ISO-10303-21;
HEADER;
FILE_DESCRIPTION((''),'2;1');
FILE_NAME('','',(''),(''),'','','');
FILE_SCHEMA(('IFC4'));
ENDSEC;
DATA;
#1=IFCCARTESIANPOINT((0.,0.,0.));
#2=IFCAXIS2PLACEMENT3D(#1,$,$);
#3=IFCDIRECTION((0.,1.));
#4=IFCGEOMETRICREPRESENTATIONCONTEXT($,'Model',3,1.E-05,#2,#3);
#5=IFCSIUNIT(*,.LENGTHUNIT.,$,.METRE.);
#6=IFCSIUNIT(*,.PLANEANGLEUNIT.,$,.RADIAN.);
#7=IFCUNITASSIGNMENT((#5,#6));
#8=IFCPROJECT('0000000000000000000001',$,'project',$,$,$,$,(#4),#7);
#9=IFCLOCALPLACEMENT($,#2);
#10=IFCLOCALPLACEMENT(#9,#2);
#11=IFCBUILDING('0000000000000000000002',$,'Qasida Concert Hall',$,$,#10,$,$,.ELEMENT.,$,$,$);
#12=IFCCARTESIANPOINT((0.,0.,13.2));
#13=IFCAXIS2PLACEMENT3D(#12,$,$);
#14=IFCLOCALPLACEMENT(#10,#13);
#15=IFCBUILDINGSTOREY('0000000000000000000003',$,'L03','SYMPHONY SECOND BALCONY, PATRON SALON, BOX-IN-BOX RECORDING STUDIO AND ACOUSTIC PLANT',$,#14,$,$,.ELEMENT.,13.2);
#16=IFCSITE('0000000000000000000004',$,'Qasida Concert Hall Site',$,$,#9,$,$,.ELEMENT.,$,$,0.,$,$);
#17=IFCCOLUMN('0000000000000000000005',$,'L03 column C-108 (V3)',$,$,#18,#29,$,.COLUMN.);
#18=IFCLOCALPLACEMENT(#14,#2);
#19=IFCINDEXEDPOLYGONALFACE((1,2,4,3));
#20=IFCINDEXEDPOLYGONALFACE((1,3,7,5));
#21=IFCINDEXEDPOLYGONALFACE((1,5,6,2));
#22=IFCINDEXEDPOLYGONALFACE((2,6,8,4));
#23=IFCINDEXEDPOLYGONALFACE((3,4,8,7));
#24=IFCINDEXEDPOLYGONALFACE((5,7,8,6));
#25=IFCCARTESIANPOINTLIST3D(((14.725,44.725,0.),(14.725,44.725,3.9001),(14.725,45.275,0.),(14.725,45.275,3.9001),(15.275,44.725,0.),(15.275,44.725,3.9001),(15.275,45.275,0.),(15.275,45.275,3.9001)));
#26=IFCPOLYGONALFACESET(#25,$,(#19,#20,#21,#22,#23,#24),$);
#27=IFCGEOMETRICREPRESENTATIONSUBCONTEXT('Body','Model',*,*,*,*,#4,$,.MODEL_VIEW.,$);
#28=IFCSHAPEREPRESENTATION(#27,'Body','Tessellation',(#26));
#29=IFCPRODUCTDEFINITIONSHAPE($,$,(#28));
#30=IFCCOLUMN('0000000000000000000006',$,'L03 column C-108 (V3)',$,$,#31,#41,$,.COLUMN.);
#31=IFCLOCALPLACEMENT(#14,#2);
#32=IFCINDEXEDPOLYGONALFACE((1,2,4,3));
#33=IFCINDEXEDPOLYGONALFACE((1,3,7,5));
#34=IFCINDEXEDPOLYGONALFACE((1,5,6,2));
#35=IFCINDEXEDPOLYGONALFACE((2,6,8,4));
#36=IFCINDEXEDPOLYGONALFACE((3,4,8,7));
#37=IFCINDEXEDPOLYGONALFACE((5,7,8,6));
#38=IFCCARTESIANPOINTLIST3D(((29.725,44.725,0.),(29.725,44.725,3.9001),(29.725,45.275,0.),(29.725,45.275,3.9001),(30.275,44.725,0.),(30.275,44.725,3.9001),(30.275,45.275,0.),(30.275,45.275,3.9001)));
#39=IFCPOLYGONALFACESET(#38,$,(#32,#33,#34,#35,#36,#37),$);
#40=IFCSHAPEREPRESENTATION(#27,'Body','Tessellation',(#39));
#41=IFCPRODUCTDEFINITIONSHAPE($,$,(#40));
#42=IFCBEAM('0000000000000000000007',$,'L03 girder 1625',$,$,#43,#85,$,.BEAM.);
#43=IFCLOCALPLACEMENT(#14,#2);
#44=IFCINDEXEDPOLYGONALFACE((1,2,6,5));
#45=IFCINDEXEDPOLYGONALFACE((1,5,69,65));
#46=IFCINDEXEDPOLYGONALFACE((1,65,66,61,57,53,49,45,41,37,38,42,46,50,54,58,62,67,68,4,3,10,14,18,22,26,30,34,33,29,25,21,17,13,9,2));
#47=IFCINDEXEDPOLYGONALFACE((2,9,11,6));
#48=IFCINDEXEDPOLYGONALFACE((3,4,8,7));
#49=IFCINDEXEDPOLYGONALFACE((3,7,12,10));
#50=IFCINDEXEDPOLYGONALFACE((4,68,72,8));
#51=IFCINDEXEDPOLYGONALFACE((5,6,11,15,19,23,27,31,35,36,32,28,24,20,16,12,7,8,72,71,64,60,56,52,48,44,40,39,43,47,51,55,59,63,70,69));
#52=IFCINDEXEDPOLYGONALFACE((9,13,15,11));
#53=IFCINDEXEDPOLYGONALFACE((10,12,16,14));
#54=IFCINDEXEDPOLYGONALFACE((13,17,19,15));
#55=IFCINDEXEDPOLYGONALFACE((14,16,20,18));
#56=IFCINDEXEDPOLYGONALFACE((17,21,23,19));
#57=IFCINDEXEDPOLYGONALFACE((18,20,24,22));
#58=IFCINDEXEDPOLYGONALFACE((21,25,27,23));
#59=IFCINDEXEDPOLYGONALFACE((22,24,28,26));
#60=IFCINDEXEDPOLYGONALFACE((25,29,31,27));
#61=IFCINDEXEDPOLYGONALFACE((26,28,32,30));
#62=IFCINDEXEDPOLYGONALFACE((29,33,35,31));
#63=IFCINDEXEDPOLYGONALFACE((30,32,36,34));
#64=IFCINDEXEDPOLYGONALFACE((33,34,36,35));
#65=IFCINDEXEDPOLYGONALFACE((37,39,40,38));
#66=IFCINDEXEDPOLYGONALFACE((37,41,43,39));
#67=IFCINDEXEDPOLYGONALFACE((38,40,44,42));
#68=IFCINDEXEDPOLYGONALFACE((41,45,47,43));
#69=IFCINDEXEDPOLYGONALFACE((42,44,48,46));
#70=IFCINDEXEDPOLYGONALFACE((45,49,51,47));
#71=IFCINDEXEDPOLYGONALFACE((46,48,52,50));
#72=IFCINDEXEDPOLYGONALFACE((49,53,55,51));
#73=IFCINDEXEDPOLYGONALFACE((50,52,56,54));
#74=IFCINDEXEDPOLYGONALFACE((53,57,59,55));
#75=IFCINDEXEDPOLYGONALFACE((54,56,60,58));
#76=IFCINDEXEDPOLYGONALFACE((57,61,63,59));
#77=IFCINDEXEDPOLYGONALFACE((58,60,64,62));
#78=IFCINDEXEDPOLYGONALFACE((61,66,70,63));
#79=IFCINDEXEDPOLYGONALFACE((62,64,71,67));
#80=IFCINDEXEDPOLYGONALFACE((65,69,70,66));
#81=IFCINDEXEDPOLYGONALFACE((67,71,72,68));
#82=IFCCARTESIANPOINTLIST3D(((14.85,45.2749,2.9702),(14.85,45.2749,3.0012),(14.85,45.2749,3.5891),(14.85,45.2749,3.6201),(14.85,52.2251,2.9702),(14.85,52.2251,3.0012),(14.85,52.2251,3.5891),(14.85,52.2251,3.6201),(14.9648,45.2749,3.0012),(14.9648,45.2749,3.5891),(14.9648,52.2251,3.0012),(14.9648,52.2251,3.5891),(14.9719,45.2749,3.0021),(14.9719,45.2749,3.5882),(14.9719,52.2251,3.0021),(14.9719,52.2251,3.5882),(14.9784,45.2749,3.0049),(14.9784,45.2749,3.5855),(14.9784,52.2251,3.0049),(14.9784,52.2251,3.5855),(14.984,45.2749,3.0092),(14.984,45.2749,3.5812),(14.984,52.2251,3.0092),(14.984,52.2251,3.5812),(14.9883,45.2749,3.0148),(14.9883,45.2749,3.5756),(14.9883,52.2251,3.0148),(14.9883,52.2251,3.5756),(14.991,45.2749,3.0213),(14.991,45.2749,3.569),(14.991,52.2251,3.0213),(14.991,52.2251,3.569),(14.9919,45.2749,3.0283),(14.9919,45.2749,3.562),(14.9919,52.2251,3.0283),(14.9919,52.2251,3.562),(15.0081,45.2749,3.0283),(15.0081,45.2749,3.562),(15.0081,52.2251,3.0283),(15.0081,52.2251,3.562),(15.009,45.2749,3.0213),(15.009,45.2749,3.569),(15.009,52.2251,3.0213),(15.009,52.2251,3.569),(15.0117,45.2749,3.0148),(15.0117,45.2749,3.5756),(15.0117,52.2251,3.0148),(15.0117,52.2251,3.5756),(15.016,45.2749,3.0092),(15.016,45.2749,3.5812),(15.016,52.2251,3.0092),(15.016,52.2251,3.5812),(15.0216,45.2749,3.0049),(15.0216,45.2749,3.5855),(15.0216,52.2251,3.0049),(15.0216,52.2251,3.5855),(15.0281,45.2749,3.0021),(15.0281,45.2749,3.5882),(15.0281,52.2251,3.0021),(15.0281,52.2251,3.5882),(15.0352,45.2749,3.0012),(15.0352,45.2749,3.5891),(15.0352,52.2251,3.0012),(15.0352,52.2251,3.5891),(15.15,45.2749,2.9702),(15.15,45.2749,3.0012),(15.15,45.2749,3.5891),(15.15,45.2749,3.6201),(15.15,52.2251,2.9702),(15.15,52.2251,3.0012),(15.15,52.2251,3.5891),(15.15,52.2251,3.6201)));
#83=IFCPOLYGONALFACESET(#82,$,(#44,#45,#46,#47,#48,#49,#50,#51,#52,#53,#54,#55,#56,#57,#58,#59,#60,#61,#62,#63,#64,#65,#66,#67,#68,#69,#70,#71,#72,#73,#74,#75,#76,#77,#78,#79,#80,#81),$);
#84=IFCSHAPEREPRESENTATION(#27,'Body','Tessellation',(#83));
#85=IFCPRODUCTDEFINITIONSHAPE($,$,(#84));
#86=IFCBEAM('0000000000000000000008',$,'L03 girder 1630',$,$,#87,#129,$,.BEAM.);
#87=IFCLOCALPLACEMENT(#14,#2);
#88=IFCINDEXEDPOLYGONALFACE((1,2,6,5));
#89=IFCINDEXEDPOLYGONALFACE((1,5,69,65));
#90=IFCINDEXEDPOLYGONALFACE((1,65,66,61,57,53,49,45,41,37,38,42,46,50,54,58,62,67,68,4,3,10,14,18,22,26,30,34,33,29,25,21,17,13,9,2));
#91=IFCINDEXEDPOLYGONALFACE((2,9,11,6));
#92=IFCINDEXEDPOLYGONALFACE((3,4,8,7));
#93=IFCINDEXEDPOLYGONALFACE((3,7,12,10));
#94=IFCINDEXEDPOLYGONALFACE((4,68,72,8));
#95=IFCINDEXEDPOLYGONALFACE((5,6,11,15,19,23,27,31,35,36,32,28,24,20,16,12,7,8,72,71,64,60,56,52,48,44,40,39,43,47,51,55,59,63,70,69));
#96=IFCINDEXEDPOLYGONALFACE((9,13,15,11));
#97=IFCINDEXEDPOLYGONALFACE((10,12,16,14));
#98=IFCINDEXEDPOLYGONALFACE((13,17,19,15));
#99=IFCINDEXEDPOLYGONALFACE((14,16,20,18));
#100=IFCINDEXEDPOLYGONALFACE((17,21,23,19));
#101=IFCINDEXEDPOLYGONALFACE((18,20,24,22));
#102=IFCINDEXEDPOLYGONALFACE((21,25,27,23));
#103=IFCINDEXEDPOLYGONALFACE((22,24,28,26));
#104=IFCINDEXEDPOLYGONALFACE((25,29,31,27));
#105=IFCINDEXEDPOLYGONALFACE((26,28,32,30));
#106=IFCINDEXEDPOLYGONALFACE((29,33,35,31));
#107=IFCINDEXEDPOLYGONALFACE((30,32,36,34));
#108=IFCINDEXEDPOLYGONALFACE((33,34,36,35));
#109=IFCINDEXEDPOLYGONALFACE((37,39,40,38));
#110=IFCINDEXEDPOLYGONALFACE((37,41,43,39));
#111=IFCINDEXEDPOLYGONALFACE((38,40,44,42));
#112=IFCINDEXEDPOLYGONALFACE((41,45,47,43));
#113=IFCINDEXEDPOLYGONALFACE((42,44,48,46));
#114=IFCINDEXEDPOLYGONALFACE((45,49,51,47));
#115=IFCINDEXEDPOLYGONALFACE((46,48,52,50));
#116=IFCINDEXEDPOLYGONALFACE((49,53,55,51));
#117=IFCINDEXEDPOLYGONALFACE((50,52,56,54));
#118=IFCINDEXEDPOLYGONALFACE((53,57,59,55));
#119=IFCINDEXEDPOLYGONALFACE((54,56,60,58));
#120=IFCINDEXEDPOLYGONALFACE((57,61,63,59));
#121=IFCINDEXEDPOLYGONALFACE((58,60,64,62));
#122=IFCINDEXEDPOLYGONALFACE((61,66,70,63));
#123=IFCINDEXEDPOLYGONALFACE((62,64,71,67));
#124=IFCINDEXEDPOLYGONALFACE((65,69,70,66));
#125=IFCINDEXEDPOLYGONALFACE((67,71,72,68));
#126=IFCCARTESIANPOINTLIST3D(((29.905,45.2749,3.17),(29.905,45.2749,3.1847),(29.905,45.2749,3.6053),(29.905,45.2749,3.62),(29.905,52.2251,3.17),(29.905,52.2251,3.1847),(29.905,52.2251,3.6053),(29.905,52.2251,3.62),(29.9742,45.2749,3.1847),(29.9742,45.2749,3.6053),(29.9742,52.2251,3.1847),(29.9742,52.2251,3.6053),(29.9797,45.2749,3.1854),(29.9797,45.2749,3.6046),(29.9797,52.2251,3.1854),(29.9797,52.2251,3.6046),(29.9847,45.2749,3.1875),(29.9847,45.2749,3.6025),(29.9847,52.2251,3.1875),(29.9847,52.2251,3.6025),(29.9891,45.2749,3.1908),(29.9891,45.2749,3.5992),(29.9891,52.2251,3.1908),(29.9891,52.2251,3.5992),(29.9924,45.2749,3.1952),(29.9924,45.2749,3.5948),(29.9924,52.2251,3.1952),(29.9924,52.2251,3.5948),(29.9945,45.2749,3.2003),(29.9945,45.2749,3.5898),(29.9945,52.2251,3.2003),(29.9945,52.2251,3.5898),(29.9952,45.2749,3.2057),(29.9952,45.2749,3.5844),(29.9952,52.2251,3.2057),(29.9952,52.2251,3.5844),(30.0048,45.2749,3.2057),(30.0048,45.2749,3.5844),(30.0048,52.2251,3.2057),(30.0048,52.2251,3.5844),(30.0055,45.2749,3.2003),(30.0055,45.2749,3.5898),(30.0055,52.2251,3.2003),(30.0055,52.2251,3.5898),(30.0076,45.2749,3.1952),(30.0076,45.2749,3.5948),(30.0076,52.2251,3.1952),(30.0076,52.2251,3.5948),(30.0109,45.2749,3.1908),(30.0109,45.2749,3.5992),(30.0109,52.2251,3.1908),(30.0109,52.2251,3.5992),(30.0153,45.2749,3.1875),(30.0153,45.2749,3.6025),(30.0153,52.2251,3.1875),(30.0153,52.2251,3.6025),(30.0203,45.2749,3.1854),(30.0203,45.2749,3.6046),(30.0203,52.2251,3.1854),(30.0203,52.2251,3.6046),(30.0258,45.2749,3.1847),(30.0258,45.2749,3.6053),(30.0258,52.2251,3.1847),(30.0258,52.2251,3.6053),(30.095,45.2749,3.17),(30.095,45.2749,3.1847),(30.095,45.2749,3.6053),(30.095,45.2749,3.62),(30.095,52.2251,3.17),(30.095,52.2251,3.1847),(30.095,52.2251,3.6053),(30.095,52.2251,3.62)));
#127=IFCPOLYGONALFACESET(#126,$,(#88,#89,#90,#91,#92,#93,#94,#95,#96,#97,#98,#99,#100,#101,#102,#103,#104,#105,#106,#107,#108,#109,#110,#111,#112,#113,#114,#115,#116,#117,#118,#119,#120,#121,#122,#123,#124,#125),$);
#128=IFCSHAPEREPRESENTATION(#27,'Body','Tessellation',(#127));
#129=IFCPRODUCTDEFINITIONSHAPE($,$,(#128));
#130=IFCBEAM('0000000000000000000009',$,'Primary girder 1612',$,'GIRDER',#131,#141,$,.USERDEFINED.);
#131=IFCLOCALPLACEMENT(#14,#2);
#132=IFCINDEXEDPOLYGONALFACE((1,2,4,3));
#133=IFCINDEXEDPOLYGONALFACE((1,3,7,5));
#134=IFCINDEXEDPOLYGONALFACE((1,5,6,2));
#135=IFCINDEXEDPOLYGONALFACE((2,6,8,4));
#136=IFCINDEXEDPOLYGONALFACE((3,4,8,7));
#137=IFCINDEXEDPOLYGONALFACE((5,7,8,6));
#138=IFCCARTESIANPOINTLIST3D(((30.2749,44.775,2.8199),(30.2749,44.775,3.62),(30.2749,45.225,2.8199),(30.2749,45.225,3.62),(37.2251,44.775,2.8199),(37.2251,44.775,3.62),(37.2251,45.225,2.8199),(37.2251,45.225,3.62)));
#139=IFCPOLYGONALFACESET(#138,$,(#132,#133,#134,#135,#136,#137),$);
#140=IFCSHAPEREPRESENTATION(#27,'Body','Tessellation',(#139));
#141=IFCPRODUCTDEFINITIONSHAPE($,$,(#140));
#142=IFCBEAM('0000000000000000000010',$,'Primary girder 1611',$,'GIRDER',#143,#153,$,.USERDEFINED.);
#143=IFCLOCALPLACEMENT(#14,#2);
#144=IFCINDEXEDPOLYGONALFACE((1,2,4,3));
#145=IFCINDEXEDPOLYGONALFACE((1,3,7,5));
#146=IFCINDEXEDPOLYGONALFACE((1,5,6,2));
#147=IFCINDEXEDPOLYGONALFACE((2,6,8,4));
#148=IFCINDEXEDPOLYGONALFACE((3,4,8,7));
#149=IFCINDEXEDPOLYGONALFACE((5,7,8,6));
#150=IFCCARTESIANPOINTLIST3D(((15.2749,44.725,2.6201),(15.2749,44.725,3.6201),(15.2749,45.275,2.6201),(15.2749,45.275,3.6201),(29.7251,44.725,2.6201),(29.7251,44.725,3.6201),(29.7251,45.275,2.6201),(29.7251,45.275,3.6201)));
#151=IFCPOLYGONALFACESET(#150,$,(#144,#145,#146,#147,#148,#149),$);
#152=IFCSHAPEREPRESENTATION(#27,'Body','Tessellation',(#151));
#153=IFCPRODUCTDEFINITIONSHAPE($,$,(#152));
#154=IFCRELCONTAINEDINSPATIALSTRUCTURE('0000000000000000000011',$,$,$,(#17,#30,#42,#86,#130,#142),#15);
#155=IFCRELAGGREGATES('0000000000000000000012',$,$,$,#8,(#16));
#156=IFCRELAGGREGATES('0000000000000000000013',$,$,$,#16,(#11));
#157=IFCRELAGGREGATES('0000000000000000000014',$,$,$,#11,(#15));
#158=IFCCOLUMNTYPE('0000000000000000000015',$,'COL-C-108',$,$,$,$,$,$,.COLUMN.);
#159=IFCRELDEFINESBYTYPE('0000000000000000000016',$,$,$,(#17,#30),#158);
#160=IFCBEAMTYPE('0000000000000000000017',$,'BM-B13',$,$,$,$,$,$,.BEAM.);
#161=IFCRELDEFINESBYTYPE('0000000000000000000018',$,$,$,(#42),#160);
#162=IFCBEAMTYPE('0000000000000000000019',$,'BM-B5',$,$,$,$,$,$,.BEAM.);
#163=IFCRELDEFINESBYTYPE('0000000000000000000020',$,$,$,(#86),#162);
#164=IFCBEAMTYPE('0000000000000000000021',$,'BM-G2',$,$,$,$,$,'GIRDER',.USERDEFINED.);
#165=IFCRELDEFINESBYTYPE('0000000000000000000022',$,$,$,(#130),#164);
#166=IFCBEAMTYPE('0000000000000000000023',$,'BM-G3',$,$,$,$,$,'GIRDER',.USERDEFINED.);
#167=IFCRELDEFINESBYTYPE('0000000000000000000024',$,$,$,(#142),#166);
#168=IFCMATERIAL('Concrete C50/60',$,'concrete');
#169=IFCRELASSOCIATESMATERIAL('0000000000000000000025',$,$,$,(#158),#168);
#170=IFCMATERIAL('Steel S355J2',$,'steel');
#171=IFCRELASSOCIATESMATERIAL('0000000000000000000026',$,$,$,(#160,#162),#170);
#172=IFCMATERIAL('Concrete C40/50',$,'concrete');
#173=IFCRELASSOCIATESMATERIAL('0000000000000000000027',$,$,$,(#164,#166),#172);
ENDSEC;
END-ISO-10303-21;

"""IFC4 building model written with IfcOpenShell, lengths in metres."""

from ifc_helpers import new_model, si_unit, direction, frame, origin, origin_2d, place, context, subcontext, project, spatial, rectangle, i_section, extrude, material, material_profile, profile_set, type_object, element, save


model = new_model("IFC4")

# Units and contexts
model_context = context("Model", 3, precision=1e-05, world=origin(), true_north=direction((0.0, 1.0)))
body_context = subcontext(model_context, "Body", "Model", "MODEL_VIEW")
ifc_project = project(units=[si_unit("LENGTHUNIT", "METRE"), si_unit("PLANEANGLEUNIT", "RADIAN")], contexts=[model_context])

# Site, building, storey
site_placement = place(None, origin())
site = spatial("IfcSite", under=ifc_project, at=site_placement, Name="Qasida Concert Hall Site", CompositionType="ELEMENT", RefElevation=0.0)
building_placement = place(site_placement, origin())
building = spatial("IfcBuilding", under=site, at=building_placement, Name="Qasida Concert Hall", CompositionType="ELEMENT")
storey_placement = place(building_placement, frame((0.0, 0.0, 13.2)))
storey = spatial("IfcBuildingStorey", under=building, at=storey_placement, Name="L03", Description="SYMPHONY SECOND BALCONY, PATRON SALON, BOX-IN-BOX RECORDING STUDIO AND ACOUSTIC PLANT", CompositionType="ELEMENT", Elevation=13.2)

# Columns
ifc_material_1 = material(Name="Concrete C50/60", Category="concrete")
ifc_material_profile_1 = material_profile(ifc_material_1, rectangle(XDim=0.55, YDim=0.55, at=origin_2d()), Name="RC 550x550")
ifc_profile_set_1 = profile_set([ifc_material_profile_1], Name="Concrete C50/60")
column_type = type_object("IfcColumnType", Name="COL-C-108", PredefinedType="COLUMN", material=ifc_profile_set_1)
for number, where, z_axis, x_axis, name in (
    (1, (15.0, 45.0, 0.0), (0.0, 0.0, 1.0), (1.0, 0.0, 0.0), "L03 column C-108 (V3)"),
    (2, (30.0, 45.0, 0.0), (0.0, 0.0, 1.0), (1.0, 0.0, 0.0), "L03 column C-108 (V3)"),
):
    element("IfcColumn", number, at=place(storey_placement, frame(where, z_axis=z_axis, x_axis=x_axis)), inside=storey, type_object=column_type, Name=name, PredefinedType="COLUMN", context=body_context, shape_type="SweptSolid", body=[
        extrude(rectangle(XDim=0.55, YDim=0.55, at=origin_2d()), origin(), (0.0, 0.0, 1.0), 3.9001),
    ])

# Beams
ifc_material_2 = material(Name="Steel S355J2", Category="steel")
ifc_material_profile_2 = material_profile(ifc_material_2, i_section(OverallWidth=0.3, OverallDepth=0.6499, WebThickness=0.0161, FlangeThickness=0.031, FilletRadius=0.0271, at=origin_2d()), Name="HEB 650")
ifc_profile_set_2 = profile_set([ifc_material_profile_2], Name="Steel S355J2")
beam_type_1 = type_object("IfcBeamType", Name="BM-B13", PredefinedType="BEAM", material=ifc_profile_set_2)
beam_1_placement = place(storey_placement, frame((15.0, 45.2749, 3.2952), z_axis=(0.0, 1.0, 0.0), x_axis=(-1.0, 0.0, 0.0)))
element("IfcBeam", 3, at=beam_1_placement, inside=storey, type_object=beam_type_1, Name="L03 girder 1625", PredefinedType="BEAM", context=body_context, shape_type="SweptSolid", body=[
    extrude(i_section(OverallWidth=0.3, OverallDepth=0.6499, WebThickness=0.0161, FlangeThickness=0.031, FilletRadius=0.0271, at=origin_2d()), origin(), (0.0, 0.0, 1.0), 6.9502),
])
ifc_material_profile_3 = material_profile(ifc_material_2, i_section(OverallWidth=0.1899, OverallDepth=0.45, WebThickness=0.0095, FlangeThickness=0.0146, FilletRadius=0.021, at=origin_2d()), Name="IPE 450")
ifc_profile_set_3 = profile_set([ifc_material_profile_3], Name="Steel S355J2")
beam_type_2 = type_object("IfcBeamType", Name="BM-B5", PredefinedType="BEAM", material=ifc_profile_set_3)
beam_2_placement = place(storey_placement, frame((30.0, 45.2749, 3.395), z_axis=(0.0, 1.0, 0.0), x_axis=(-1.0, 0.0, 0.0)))
element("IfcBeam", 4, at=beam_2_placement, inside=storey, type_object=beam_type_2, Name="L03 girder 1630", PredefinedType="BEAM", context=body_context, shape_type="SweptSolid", body=[
    extrude(i_section(OverallWidth=0.1899, OverallDepth=0.45, WebThickness=0.0095, FlangeThickness=0.0146, FilletRadius=0.021, at=origin_2d()), origin(), (0.0, 0.0, 1.0), 6.9502),
])
ifc_material_3 = material(Name="Concrete C40/50", Category="concrete")
ifc_material_profile_4 = material_profile(ifc_material_3, rectangle(XDim=0.45, YDim=0.8, at=origin_2d()), Name="RC 450x800")
ifc_profile_set_4 = profile_set([ifc_material_profile_4], Name="Concrete C40/50")
beam_type_3 = type_object("IfcBeamType", Name="BM-G2", ElementType="GIRDER", PredefinedType="USERDEFINED", material=ifc_profile_set_4)
beam_3_placement = place(storey_placement, frame((30.2749, 45.0, 3.22), z_axis=(1.0, 0.0, 0.0), x_axis=(0.0, 1.0, 0.0)))
element("IfcBeam", 5, at=beam_3_placement, inside=storey, type_object=beam_type_3, Name="Primary girder 1612", ObjectType="GIRDER", PredefinedType="USERDEFINED", context=body_context, shape_type="SweptSolid", body=[
    extrude(rectangle(XDim=0.45, YDim=0.8, at=origin_2d()), origin(), (0.0, 0.0, 1.0), 6.9502),
])
ifc_material_profile_5 = material_profile(ifc_material_3, rectangle(XDim=0.55, YDim=1.0, at=origin_2d()), Name="RC 550x1000")
ifc_profile_set_5 = profile_set([ifc_material_profile_5], Name="Concrete C40/50")
beam_type_4 = type_object("IfcBeamType", Name="BM-G3", ElementType="GIRDER", PredefinedType="USERDEFINED", material=ifc_profile_set_5)
beam_4_placement = place(storey_placement, frame((15.2749, 45.0, 3.1201), z_axis=(1.0, 0.0, 0.0), x_axis=(0.0, 1.0, 0.0)))
element("IfcBeam", 6, at=beam_4_placement, inside=storey, type_object=beam_type_4, Name="Primary girder 1611", ObjectType="GIRDER", PredefinedType="USERDEFINED", context=body_context, shape_type="SweptSolid", body=[
    extrude(rectangle(XDim=0.55, YDim=1.0, at=origin_2d()), origin(), (0.0, 0.0, 1.0), 14.4502),
])

save(model, "model.ifc")
